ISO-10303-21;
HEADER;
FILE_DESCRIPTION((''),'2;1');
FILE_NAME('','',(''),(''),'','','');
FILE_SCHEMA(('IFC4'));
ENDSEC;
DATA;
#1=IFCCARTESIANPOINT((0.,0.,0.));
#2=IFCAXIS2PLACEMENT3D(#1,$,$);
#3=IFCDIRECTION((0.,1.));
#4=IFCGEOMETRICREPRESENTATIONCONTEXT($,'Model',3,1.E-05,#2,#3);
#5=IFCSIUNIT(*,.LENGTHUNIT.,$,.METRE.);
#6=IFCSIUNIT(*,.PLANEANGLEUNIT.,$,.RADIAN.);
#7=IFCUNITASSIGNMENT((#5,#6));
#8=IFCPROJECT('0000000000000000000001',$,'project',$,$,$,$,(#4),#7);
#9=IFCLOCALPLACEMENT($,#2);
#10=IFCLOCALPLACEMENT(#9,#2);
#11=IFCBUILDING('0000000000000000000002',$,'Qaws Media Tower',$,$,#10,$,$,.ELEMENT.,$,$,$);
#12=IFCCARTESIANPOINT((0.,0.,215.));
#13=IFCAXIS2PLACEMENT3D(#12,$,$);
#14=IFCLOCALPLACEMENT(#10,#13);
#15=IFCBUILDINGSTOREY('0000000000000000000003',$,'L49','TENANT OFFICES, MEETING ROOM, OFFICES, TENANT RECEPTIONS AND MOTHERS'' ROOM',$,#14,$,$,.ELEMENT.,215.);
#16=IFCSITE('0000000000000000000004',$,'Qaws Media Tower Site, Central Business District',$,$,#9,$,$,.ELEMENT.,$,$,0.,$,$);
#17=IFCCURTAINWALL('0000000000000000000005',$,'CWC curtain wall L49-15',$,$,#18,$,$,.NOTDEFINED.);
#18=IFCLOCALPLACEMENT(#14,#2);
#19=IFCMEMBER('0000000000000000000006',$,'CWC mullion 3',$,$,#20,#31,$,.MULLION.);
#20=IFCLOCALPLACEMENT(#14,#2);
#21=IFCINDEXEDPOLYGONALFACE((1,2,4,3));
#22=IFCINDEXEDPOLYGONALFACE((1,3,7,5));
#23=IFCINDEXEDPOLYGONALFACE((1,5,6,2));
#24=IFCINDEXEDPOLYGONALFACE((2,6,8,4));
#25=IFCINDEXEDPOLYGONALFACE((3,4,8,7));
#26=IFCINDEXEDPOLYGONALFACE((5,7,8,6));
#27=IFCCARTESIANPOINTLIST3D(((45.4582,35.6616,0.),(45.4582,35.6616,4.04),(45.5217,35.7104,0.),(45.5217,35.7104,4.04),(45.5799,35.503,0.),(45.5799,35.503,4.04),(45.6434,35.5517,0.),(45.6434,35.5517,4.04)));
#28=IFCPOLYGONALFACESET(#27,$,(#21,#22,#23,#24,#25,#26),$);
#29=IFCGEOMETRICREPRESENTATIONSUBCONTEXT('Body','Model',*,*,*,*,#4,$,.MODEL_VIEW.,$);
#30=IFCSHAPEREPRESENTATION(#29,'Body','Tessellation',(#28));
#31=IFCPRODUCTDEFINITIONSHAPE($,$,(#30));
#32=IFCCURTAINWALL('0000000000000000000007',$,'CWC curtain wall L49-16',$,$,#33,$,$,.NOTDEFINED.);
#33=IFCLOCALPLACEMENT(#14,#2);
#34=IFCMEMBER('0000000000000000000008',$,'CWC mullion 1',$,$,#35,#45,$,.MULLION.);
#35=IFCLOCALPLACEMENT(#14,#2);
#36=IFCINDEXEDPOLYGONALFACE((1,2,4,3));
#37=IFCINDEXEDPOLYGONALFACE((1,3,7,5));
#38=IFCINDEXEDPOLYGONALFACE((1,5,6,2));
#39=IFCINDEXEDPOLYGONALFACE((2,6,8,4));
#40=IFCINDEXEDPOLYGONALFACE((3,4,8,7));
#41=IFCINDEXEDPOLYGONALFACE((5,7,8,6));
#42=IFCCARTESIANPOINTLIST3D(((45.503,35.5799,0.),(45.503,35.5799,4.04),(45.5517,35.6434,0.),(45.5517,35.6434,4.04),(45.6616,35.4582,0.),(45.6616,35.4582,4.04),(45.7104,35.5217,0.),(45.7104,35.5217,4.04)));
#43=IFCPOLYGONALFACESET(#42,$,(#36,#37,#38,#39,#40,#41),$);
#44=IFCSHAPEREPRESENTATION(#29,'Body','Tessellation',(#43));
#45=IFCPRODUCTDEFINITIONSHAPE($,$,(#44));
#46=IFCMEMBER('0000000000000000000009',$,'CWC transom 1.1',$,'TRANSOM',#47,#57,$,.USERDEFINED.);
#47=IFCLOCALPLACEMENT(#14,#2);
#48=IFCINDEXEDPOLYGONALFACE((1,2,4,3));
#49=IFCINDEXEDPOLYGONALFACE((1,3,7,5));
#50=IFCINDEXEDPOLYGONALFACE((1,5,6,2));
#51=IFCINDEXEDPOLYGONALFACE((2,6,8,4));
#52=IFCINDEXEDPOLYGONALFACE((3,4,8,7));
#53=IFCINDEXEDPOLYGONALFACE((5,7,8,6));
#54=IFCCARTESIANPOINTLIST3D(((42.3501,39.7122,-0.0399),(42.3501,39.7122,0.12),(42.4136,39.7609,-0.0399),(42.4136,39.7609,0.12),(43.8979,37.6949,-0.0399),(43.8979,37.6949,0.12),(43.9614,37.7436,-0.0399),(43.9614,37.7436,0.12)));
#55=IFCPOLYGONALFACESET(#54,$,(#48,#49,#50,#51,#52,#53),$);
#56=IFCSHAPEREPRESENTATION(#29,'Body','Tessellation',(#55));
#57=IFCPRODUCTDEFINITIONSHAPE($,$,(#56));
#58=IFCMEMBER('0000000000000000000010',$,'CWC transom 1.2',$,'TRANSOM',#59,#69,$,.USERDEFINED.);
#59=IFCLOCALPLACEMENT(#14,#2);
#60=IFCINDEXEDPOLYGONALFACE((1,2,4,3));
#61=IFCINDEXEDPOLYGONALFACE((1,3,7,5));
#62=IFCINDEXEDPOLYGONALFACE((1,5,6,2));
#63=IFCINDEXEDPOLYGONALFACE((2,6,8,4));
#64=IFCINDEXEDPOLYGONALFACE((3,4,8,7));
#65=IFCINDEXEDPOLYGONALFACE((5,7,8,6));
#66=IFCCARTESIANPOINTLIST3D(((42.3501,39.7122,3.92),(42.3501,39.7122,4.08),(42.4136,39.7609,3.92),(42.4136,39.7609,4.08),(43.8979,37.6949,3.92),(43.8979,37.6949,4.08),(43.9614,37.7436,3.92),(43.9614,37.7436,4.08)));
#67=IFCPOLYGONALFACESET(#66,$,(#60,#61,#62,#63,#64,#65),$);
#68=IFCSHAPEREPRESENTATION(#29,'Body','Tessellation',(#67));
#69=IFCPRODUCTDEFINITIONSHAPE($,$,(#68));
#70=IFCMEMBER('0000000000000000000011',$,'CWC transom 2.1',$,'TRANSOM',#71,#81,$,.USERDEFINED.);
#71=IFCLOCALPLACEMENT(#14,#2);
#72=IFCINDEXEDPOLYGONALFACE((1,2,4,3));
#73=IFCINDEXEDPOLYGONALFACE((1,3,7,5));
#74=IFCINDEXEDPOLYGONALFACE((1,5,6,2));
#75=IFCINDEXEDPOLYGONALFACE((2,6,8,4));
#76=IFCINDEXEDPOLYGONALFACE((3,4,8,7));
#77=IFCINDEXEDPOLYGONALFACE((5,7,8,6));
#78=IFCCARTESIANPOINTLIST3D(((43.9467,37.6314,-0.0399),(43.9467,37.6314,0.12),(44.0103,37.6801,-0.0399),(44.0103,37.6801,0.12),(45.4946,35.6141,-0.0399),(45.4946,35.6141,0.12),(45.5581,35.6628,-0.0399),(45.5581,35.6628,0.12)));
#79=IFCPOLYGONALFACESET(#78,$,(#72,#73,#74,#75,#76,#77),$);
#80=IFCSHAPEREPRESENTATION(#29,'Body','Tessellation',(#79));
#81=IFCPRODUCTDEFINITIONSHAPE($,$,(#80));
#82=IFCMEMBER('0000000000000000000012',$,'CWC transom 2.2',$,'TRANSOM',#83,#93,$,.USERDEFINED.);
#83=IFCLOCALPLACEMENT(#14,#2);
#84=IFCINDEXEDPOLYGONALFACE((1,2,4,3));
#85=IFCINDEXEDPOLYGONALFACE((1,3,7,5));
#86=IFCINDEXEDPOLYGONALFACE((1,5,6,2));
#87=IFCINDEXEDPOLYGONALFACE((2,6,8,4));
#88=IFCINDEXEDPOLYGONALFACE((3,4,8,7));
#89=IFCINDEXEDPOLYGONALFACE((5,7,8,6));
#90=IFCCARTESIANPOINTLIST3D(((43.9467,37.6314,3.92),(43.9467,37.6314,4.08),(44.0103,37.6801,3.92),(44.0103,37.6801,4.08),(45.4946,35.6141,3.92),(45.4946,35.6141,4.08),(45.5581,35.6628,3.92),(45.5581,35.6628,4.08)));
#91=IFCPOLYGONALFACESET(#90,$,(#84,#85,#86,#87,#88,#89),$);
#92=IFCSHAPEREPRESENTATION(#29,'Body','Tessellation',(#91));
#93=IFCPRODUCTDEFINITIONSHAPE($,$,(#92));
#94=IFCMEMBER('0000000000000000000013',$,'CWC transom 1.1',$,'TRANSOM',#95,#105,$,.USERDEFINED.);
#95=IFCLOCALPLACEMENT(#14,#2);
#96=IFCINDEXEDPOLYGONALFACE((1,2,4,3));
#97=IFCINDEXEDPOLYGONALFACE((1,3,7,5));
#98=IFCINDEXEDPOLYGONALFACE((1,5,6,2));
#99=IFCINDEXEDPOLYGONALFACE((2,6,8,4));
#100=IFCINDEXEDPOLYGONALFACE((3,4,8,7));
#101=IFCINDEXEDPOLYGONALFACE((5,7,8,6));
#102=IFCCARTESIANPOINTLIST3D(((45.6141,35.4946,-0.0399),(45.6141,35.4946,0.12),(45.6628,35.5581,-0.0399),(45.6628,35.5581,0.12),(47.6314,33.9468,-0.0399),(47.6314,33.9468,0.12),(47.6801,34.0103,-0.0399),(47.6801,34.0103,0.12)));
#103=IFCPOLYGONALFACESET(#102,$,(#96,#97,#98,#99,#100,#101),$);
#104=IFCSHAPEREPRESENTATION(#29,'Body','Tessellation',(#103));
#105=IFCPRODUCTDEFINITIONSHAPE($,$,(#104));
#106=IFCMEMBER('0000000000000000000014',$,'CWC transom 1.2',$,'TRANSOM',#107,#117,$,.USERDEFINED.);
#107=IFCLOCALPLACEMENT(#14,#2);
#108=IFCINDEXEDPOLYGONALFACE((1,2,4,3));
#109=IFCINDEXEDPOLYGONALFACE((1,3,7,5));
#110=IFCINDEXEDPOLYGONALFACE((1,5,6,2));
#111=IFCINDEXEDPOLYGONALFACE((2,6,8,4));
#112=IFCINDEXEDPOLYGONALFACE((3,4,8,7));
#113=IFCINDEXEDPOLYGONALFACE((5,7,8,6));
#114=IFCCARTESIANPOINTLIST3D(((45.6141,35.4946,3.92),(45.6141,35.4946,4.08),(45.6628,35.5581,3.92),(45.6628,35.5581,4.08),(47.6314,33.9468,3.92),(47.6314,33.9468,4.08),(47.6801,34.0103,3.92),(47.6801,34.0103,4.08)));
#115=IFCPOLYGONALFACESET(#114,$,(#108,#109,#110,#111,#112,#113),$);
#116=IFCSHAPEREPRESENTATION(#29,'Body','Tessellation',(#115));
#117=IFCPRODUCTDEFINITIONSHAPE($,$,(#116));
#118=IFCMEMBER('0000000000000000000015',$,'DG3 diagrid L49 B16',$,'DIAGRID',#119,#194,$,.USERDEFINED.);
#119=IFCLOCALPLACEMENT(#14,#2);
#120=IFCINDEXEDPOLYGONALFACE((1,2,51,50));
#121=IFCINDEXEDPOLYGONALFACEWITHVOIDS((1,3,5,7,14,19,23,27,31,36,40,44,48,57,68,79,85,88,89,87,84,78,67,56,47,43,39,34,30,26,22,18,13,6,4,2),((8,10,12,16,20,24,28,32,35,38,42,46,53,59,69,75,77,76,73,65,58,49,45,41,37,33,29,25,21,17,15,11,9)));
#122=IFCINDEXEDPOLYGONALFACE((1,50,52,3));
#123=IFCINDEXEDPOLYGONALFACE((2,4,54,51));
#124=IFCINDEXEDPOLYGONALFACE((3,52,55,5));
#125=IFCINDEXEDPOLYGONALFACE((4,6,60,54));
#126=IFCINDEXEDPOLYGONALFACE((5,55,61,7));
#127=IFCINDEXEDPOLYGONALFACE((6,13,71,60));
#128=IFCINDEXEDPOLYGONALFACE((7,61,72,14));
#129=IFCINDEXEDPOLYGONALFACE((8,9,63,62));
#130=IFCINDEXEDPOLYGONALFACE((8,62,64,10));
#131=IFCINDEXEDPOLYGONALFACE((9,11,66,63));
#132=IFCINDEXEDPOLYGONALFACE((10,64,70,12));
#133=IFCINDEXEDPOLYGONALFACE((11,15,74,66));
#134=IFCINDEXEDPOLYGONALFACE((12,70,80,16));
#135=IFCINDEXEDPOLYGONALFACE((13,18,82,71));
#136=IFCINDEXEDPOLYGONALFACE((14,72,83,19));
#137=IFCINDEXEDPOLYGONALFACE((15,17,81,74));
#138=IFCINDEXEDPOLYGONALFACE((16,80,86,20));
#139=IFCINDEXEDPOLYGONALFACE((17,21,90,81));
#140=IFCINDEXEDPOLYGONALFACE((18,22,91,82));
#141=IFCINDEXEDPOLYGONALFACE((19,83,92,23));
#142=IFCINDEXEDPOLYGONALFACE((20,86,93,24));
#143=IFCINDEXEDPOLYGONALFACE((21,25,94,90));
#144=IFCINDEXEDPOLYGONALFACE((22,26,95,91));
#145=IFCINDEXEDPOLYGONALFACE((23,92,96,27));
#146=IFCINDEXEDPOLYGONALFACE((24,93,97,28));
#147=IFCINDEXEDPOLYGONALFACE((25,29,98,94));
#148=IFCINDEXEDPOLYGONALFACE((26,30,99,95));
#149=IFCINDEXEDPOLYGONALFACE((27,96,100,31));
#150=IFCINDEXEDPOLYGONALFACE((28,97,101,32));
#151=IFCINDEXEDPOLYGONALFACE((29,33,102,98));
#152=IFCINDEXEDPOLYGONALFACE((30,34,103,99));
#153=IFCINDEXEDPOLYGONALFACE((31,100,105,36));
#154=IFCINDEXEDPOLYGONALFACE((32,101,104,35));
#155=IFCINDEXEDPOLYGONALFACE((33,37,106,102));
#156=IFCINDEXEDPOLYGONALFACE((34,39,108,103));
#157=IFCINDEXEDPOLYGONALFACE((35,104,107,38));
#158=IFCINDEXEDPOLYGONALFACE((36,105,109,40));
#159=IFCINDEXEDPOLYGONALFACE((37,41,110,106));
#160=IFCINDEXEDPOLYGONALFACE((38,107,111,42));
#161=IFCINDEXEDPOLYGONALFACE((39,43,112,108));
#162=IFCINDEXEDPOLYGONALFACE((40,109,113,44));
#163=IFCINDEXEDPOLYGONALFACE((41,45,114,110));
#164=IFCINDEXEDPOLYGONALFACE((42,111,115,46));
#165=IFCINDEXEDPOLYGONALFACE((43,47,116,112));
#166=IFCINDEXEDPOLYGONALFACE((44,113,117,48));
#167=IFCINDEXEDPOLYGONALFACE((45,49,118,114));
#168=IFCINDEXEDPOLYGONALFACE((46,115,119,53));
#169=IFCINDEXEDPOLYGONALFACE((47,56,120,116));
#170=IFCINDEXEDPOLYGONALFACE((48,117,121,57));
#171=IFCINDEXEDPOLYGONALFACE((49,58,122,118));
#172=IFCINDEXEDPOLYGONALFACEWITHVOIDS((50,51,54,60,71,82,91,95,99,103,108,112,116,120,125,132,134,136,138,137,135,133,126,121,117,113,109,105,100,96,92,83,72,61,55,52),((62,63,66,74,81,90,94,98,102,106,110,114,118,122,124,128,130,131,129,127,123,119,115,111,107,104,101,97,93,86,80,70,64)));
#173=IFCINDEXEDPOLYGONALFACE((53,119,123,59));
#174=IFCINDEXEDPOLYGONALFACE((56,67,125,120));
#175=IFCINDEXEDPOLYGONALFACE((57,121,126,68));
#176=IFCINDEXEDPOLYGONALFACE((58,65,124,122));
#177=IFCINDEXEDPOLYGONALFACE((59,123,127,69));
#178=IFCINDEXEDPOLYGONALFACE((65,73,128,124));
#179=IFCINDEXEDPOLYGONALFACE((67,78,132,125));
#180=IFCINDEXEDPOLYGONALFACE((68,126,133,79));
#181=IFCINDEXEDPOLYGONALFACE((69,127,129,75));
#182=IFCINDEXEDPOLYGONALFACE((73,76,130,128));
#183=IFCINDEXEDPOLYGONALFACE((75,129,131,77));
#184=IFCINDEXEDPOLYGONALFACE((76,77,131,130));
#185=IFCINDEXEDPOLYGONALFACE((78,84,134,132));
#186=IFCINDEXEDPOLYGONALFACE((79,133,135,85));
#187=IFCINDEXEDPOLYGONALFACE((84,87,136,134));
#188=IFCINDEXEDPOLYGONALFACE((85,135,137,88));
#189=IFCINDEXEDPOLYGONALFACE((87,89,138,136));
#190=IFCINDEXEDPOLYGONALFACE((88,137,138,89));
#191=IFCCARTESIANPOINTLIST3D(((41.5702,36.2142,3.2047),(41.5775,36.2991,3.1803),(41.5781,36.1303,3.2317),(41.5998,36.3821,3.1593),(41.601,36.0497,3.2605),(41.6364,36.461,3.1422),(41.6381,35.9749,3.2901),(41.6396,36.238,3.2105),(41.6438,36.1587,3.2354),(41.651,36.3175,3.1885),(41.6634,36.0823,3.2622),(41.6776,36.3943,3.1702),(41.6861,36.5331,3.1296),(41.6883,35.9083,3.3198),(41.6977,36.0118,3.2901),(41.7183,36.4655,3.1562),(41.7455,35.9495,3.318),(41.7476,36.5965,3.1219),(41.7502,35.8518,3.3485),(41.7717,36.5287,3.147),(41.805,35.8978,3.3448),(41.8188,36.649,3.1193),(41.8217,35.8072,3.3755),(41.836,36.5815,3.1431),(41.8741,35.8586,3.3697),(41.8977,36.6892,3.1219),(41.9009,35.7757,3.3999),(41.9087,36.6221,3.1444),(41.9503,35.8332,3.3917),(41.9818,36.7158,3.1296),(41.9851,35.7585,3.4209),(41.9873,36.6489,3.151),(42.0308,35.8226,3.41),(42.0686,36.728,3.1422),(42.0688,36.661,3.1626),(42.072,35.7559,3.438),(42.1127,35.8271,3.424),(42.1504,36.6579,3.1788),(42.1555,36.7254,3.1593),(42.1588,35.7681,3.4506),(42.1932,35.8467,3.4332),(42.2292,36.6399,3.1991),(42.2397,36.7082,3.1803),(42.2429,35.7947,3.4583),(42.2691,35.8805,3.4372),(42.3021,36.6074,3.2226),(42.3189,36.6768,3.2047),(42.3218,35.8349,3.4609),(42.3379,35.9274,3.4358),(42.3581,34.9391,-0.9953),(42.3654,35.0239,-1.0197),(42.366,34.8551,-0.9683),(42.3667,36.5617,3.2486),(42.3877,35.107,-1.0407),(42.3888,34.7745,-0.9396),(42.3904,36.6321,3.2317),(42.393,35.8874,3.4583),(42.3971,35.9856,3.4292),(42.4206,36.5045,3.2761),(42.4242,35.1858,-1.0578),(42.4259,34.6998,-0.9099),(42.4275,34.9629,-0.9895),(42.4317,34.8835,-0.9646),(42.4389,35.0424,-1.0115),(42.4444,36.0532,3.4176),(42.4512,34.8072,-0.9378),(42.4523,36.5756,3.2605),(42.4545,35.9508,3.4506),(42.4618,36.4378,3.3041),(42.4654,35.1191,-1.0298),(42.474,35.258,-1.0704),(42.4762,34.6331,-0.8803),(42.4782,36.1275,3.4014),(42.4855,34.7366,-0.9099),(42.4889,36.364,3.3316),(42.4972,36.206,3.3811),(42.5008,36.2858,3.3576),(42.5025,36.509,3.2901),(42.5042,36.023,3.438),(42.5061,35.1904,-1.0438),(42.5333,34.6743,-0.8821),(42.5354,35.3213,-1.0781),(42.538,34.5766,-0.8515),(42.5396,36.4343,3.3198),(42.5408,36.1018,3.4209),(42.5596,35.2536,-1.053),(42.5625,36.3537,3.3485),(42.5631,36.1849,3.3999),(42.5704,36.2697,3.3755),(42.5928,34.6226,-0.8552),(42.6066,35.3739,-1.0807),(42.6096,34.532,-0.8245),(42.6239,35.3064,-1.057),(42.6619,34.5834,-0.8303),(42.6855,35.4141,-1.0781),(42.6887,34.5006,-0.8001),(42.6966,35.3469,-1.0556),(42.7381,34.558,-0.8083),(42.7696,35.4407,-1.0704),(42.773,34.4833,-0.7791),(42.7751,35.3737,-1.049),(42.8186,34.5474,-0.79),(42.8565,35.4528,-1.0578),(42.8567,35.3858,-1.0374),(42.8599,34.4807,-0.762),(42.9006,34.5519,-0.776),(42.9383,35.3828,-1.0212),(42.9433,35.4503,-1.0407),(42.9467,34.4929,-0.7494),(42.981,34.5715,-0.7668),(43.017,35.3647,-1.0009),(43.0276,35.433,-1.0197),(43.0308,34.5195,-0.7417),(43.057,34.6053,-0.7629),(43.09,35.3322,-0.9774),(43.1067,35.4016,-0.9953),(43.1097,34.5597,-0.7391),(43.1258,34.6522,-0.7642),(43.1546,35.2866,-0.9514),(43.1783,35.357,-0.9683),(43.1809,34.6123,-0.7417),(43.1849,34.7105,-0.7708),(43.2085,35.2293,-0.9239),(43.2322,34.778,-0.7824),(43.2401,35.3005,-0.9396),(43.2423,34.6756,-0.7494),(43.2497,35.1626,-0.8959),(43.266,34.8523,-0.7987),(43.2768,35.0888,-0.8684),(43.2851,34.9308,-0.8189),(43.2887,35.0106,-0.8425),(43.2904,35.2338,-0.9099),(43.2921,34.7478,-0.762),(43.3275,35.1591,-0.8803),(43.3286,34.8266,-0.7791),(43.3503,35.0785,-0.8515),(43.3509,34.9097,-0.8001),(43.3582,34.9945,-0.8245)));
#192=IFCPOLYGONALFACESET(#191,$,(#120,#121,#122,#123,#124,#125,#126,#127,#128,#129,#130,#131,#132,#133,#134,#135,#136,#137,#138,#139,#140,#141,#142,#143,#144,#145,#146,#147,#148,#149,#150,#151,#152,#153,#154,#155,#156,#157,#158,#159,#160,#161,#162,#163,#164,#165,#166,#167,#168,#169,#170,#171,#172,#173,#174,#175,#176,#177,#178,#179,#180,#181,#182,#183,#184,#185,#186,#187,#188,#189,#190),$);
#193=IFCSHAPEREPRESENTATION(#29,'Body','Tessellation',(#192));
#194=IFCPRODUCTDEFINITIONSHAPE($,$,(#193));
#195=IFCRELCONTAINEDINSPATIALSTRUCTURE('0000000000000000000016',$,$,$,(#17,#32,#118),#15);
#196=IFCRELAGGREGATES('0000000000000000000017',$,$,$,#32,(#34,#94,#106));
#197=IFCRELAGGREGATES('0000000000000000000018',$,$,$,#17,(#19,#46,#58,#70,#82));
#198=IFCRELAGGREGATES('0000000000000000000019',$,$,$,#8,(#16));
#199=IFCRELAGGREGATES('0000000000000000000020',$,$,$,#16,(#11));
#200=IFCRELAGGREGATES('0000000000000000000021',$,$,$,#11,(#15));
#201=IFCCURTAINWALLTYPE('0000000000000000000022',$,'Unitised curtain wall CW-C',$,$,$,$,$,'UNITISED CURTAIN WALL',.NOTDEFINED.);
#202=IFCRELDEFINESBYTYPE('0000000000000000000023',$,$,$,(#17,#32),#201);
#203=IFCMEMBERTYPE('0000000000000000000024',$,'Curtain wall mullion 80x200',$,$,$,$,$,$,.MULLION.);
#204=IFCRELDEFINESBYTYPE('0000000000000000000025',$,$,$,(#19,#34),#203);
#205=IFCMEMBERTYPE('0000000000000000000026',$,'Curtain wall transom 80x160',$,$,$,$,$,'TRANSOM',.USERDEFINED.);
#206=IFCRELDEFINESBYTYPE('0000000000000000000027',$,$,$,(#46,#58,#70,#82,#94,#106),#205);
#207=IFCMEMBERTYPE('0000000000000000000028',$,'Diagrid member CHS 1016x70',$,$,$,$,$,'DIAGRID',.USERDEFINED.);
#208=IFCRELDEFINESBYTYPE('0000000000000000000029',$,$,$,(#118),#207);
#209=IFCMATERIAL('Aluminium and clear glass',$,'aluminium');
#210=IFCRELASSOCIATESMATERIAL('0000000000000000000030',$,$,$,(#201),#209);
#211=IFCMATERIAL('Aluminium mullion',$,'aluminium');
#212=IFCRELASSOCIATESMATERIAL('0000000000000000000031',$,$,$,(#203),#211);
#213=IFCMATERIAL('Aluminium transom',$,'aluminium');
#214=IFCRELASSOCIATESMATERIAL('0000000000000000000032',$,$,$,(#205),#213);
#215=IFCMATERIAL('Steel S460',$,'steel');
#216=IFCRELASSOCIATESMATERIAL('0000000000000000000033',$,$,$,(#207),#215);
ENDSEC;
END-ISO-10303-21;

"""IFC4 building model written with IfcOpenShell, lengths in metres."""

from ifc_helpers import new_model, si_unit, direction, frame, origin, origin_2d, place, context, subcontext, project, spatial, rectangle, hollow_circle, extrude, material, material_profile, profile_set, type_object, element, aggregate, save


model = new_model("IFC4")

# Units and contexts
model_context = context("Model", 3, precision=1e-05, world=origin(), true_north=direction((0.0, 1.0)))
body_context = subcontext(model_context, "Body", "Model", "MODEL_VIEW")
ifc_project = project(units=[si_unit("LENGTHUNIT", "METRE"), si_unit("PLANEANGLEUNIT", "RADIAN")], contexts=[model_context])

# Site, building, storey
site_placement = place(None, origin())
site = spatial("IfcSite", under=ifc_project, at=site_placement, Name="Qaws Media Tower Site, Central Business District", CompositionType="ELEMENT", RefElevation=0.0)
building_placement = place(site_placement, origin())
building = spatial("IfcBuilding", under=site, at=building_placement, Name="Qaws Media Tower", CompositionType="ELEMENT")
storey_placement = place(building_placement, frame((0.0, 0.0, 215.0)))
storey = spatial("IfcBuildingStorey", under=building, at=storey_placement, Name="L49", Description="TENANT OFFICES, MEETING ROOM, OFFICES, TENANT RECEPTIONS AND MOTHERS' ROOM", CompositionType="ELEMENT", Elevation=215.0)

# Shared definitions
ifc_material_1 = material(Name="Aluminium and clear glass", Category="aluminium")
curtain_wall_type = type_object("IfcCurtainWallType", Name="Unitised curtain wall CW-C", ElementType="UNITISED CURTAIN WALL", PredefinedType="NOTDEFINED", material=ifc_material_1)
ifc_material_2 = material(Name="Aluminium mullion", Category="aluminium")
ifc_material_profile_1 = material_profile(ifc_material_2, rectangle(XDim=0.0801, YDim=0.2, at=origin_2d()), Name="80x200")
ifc_profile_set_1 = profile_set([ifc_material_profile_1], Name="Aluminium mullion")
member_type_1 = type_object("IfcMemberType", Name="Curtain wall mullion 80x200", PredefinedType="MULLION", material=ifc_profile_set_1)

# Curtain wall, member
curtain_wall_1_placement = place(storey_placement, origin())
curtain_wall_1 = element("IfcCurtainWall", 1, at=curtain_wall_1_placement, inside=storey, type_object=curtain_wall_type, Name="CWC curtain wall L49-15", PredefinedType="NOTDEFINED")
member_1_placement = place(storey_placement, frame((45.5508, 35.6067, 0.0), z_axis=(0.0, 0.0, 1.0), x_axis=(0.793353, 0.608761, 0.0)))
member_1 = element("IfcMember", 2, at=member_1_placement, type_object=member_type_1, Name="CWC mullion 3", PredefinedType="MULLION", context=body_context, shape_type="SweptSolid", body=[
    extrude(rectangle(XDim=0.0801, YDim=0.2, at=origin_2d()), origin(), (0.0, 0.0, 1.0), 4.04),
])

# Curtain wall, member
curtain_wall_2_placement = place(storey_placement, origin())
curtain_wall_2 = element("IfcCurtainWall", 3, at=curtain_wall_2_placement, inside=storey, type_object=curtain_wall_type, Name="CWC curtain wall L49-16", PredefinedType="NOTDEFINED")
member_2_placement = place(storey_placement, frame((45.6067, 35.5508, 0.0), z_axis=(0.0, 0.0, 1.0), x_axis=(0.608761, 0.793353, 0.0)))
member_2 = element("IfcMember", 4, at=member_2_placement, type_object=member_type_1, Name="CWC mullion 1", PredefinedType="MULLION", context=body_context, shape_type="SweptSolid", body=[
    extrude(rectangle(XDim=0.0801, YDim=0.2, at=origin_2d()), origin(), (0.0, 0.0, 1.0), 4.04),
])

# Members
ifc_material_3 = material(Name="Aluminium transom", Category="aluminium")
ifc_material_profile_2 = material_profile(ifc_material_3, rectangle(XDim=0.0801, YDim=0.1599, at=origin_2d()), Name="80x160")
ifc_profile_set_2 = profile_set([ifc_material_profile_2], Name="Aluminium transom")
member_type_2 = type_object("IfcMemberType", Name="Curtain wall transom 80x160", ElementType="TRANSOM", PredefinedType="USERDEFINED", material=ifc_profile_set_2)
member_3_placement = place(storey_placement, frame((42.3818, 39.7366, 0.04), z_axis=(0.608736, -0.793373, 0.0), x_axis=(0.793373, 0.608736, 0.0)))
member_3 = element("IfcMember", 5, at=member_3_placement, type_object=member_type_2, Name="CWC transom 1.1", ObjectType="TRANSOM", PredefinedType="USERDEFINED", context=body_context, shape_type="SweptSolid", body=[
    extrude(rectangle(XDim=0.0801, YDim=0.1599, at=origin_2d()), origin(), (0.0, 0.0, 1.0), 2.5427),
])
member_4_placement = place(storey_placement, frame((42.3818, 39.7366, 4.0), z_axis=(0.608736, -0.793373, 0.0), x_axis=(0.793373, 0.608736, 0.0)))
member_4 = element("IfcMember", 6, at=member_4_placement, type_object=member_type_2, Name="CWC transom 1.2", ObjectType="TRANSOM", PredefinedType="USERDEFINED", context=body_context, shape_type="SweptSolid", body=[
    extrude(rectangle(XDim=0.0801, YDim=0.1599, at=origin_2d()), origin(), (0.0, 0.0, 1.0), 2.5427),
])
member_5_placement = place(storey_placement, frame((43.9785, 37.6558, 0.04), z_axis=(0.608736, -0.793373, 0.0), x_axis=(0.793373, 0.608736, 0.0)))
member_5 = element("IfcMember", 7, at=member_5_placement, type_object=member_type_2, Name="CWC transom 2.1", ObjectType="TRANSOM", PredefinedType="USERDEFINED", context=body_context, shape_type="SweptSolid", body=[
    extrude(rectangle(XDim=0.0801, YDim=0.1599, at=origin_2d()), origin(), (0.0, 0.0, 1.0), 2.5427),
])
member_6_placement = place(storey_placement, frame((43.9785, 37.6558, 4.0), z_axis=(0.608736, -0.793373, 0.0), x_axis=(0.793373, 0.608736, 0.0)))
member_6 = element("IfcMember", 8, at=member_6_placement, type_object=member_type_2, Name="CWC transom 2.2", ObjectType="TRANSOM", PredefinedType="USERDEFINED", context=body_context, shape_type="SweptSolid", body=[
    extrude(rectangle(XDim=0.0801, YDim=0.1599, at=origin_2d()), origin(), (0.0, 0.0, 1.0), 2.5427),
])
member_7_placement = place(storey_placement, frame((45.6384, 35.5264, 0.04), z_axis=(0.793373, -0.608736, 0.0), x_axis=(0.608736, 0.793373, 0.0)))
member_7 = element("IfcMember", 9, at=member_7_placement, type_object=member_type_2, Name="CWC transom 1.1", ObjectType="TRANSOM", PredefinedType="USERDEFINED", context=body_context, shape_type="SweptSolid", body=[
    extrude(rectangle(XDim=0.0801, YDim=0.1599, at=origin_2d()), origin(), (0.0, 0.0, 1.0), 2.5427),
])
member_8_placement = place(storey_placement, frame((45.6384, 35.5264, 4.0), z_axis=(0.793373, -0.608736, 0.0), x_axis=(0.608736, 0.793373, 0.0)))
member_8 = element("IfcMember", 10, at=member_8_placement, type_object=member_type_2, Name="CWC transom 1.2", ObjectType="TRANSOM", PredefinedType="USERDEFINED", context=body_context, shape_type="SweptSolid", body=[
    extrude(rectangle(XDim=0.0801, YDim=0.1599, at=origin_2d()), origin(), (0.0, 0.0, 1.0), 2.5427),
])
aggregate(curtain_wall_2, [member_2, member_7, member_8])
ifc_material_4 = material(Name="Steel S460", Category="steel")
ifc_material_profile_3 = material_profile(ifc_material_4, hollow_circle(Radius=0.5081, WallThickness=0.0701, at=origin_2d()), Name="CHS 1016x70")
ifc_profile_set_3 = profile_set([ifc_material_profile_3], Name="Steel S460")
member_type_3 = type_object("IfcMemberType", Name="Diagrid member CHS 1016x70", ElementType="DIAGRID", PredefinedType="USERDEFINED", material=ifc_profile_set_3)
member_9_placement = place(storey_placement, frame((42.8582, 34.9668, -0.9099), z_axis=(-0.17667, 0.285946, 0.941819), x_axis=(-0.850723, -0.525614, 0.0)))
element("IfcMember", 11, at=member_9_placement, inside=storey, type_object=member_type_3, Name="DG3 diagrid L49 B16", ObjectType="DIAGRID", PredefinedType="USERDEFINED", context=body_context, shape_type="SweptSolid", body=[
    extrude(hollow_circle(Radius=0.5081, WallThickness=0.0701, at=origin_2d()), origin(), (0.0, 0.0, 1.0), 4.4595),
])

aggregate(curtain_wall_1, [member_1, member_3, member_4, member_5, member_6])

save(model, "model.ifc")
